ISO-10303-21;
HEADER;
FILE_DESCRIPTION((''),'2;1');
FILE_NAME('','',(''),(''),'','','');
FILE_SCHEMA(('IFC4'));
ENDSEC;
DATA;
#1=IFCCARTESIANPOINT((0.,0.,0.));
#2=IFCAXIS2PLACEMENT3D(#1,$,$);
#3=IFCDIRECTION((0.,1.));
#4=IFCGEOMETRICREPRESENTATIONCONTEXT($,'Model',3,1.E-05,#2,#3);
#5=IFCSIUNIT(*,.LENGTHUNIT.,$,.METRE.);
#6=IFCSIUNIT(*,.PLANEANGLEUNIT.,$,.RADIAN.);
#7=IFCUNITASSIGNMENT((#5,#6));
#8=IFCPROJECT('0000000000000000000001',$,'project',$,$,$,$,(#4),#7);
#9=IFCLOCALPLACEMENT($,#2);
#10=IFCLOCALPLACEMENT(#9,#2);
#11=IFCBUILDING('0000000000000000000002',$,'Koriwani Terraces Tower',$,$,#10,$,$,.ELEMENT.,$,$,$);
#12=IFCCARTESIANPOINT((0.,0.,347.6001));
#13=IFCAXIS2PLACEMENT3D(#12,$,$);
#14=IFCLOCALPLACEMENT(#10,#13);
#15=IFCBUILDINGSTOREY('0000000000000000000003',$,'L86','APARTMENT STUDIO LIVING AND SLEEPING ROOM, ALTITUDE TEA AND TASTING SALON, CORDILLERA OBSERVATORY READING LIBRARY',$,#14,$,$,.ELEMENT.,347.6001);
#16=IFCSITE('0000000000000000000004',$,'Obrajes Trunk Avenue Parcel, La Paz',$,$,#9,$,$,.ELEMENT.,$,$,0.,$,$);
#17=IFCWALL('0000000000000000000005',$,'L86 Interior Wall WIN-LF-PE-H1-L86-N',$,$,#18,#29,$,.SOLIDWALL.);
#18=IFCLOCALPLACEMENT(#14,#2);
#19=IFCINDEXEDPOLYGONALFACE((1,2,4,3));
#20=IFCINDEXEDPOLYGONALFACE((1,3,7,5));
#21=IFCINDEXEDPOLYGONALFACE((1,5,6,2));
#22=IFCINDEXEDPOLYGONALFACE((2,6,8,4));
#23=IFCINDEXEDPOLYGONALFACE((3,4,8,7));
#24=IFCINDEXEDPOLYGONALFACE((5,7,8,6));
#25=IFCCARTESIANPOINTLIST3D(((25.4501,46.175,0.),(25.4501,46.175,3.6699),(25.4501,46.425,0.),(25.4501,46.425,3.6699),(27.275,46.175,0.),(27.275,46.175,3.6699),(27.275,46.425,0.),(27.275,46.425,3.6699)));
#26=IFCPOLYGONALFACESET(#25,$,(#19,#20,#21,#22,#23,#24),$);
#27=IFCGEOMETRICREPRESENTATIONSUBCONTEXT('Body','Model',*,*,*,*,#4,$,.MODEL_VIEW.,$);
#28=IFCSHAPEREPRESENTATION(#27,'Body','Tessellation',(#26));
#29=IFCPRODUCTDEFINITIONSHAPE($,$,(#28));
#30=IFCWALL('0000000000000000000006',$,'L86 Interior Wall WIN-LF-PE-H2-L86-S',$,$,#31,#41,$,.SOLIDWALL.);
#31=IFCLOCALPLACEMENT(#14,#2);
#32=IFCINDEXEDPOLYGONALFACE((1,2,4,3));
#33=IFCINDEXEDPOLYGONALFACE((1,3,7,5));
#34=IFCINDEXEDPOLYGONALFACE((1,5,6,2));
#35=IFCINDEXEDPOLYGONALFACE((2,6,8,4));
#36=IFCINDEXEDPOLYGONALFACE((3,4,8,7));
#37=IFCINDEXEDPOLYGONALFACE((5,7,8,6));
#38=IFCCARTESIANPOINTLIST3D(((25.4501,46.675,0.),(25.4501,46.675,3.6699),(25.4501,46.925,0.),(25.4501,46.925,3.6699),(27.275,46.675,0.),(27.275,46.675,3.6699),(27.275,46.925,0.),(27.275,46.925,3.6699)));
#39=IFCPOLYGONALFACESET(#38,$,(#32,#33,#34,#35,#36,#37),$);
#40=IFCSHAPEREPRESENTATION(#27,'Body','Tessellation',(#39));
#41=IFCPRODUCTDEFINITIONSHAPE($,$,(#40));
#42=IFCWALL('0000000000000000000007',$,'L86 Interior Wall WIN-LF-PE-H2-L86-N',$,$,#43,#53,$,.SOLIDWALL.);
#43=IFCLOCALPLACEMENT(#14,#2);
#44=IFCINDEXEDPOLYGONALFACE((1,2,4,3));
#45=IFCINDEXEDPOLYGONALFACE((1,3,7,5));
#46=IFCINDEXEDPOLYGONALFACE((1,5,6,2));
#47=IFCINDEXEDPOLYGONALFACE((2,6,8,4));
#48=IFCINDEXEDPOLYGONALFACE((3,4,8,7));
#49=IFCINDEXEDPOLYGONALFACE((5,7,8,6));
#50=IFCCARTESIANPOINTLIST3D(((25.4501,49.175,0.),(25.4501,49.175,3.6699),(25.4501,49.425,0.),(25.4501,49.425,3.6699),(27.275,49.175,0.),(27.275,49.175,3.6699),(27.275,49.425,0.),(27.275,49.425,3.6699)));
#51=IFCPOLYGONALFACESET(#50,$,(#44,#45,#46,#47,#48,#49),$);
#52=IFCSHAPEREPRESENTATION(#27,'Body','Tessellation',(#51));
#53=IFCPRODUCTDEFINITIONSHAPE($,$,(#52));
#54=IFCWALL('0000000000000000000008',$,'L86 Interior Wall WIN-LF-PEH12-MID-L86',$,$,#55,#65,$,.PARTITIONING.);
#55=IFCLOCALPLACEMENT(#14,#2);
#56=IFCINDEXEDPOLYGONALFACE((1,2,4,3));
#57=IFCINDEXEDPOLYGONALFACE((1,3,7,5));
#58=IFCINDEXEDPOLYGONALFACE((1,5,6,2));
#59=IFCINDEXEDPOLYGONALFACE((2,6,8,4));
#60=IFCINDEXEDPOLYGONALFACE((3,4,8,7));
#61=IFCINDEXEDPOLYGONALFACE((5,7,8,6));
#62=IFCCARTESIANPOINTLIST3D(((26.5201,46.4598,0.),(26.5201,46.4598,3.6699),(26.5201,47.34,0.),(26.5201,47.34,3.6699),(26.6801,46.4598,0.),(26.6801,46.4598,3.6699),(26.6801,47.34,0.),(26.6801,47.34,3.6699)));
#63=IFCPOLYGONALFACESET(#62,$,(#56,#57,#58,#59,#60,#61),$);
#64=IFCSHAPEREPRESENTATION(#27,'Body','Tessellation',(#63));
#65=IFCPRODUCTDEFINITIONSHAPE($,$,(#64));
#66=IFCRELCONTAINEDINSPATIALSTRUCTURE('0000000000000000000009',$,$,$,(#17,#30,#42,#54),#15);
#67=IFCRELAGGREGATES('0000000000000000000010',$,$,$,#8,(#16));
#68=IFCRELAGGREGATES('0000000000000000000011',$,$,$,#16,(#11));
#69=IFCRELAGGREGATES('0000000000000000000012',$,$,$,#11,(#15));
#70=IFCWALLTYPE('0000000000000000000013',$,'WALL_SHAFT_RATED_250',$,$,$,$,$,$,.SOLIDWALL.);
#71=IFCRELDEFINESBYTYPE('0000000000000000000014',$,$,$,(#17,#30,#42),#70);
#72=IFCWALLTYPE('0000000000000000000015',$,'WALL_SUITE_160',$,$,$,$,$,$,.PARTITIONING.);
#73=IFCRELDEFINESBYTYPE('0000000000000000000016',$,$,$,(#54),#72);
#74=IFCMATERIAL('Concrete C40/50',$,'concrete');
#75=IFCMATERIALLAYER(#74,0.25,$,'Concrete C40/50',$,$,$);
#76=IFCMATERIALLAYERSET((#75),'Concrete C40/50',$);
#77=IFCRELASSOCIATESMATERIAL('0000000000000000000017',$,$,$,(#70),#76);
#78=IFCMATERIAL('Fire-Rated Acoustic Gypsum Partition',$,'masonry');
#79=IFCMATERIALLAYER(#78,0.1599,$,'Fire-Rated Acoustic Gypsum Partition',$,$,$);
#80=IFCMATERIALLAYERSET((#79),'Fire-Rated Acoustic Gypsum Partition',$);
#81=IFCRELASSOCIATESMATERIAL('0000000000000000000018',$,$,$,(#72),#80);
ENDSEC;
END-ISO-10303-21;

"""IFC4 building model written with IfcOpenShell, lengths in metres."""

from ifc_helpers import new_model, si_unit, direction, frame, frame_2d, origin, place, context, subcontext, project, spatial, rectangle, extrude, material, layer, layer_set, type_object, element, save


model = new_model("IFC4")

# Units and contexts
model_context = context("Model", 3, precision=1e-05, world=origin(), true_north=direction((0.0, 1.0)))
body_context = subcontext(model_context, "Body", "Model", "MODEL_VIEW")
ifc_project = project(units=[si_unit("LENGTHUNIT", "METRE"), si_unit("PLANEANGLEUNIT", "RADIAN")], contexts=[model_context])

# Site, building, storey
site_placement = place(None, origin())
site = spatial("IfcSite", under=ifc_project, at=site_placement, Name="Obrajes Trunk Avenue Parcel, La Paz", CompositionType="ELEMENT", RefElevation=0.0)
building_placement = place(site_placement, origin())
building = spatial("IfcBuilding", under=site, at=building_placement, Name="Koriwani Terraces Tower", CompositionType="ELEMENT")
storey_placement = place(building_placement, frame((0.0, 0.0, 347.6001)))
storey = spatial("IfcBuildingStorey", under=building, at=storey_placement, Name="L86", Description="APARTMENT STUDIO LIVING AND SLEEPING ROOM, ALTITUDE TEA AND TASTING SALON, CORDILLERA OBSERVATORY READING LIBRARY", CompositionType="ELEMENT", Elevation=347.6001)

# Shared definitions
ifc_material_1 = material(Name="Concrete C40/50", Category="concrete")

# Shared definitions
ifc_layer_1 = layer(ifc_material_1, 0.25, Name="Concrete C40/50")
ifc_layer_set_1 = layer_set([ifc_layer_1], Name="Concrete C40/50")
wall_type_1 = type_object("IfcWallType", Name="WALL_SHAFT_RATED_250", PredefinedType="SOLIDWALL", material=ifc_layer_set_1)

# Wall
for number, where, z_axis, x_axis, name in (
    (1, (25.45, 46.3, 0.0), (0.0, 0.0, 1.0), (1.0, 0.0, 0.0), "L86 Interior Wall WIN-LF-PE-H1-L86-N"),
):
    element("IfcWall", number, at=place(storey_placement, frame(where, z_axis=z_axis, x_axis=x_axis)), inside=storey, type_object=wall_type_1, Name=name, PredefinedType="SOLIDWALL", context=body_context, shape_type="SweptSolid", body=[
        extrude(rectangle(XDim=1.825, YDim=0.25, at=frame_2d((0.9126, 0.0))), origin(), (0.0, 0.0, 1.0), 3.6699),
    ])

# Walls
for number, where, z_axis, x_axis, name in (
    (2, (25.45, 46.8, 0.0), (0.0, 0.0, 1.0), (1.0, 0.0, 0.0), "L86 Interior Wall WIN-LF-PE-H2-L86-S"),
    (3, (25.45, 49.3, 0.0), (0.0, 0.0, 1.0), (1.0, 0.0, 0.0), "L86 Interior Wall WIN-LF-PE-H2-L86-N"),
):
    element("IfcWall", number, at=place(storey_placement, frame(where, z_axis=z_axis, x_axis=x_axis)), inside=storey, type_object=wall_type_1, Name=name, PredefinedType="SOLIDWALL", context=body_context, shape_type="SweptSolid", body=[
        extrude(rectangle(XDim=1.825, YDim=0.25, at=frame_2d((0.9126, 0.0))), origin(), (0.0, 0.0, 1.0), 3.6699),
    ])
ifc_material_2 = material(Name="Fire-Rated Acoustic Gypsum Partition", Category="masonry")
ifc_layer_2 = layer(ifc_material_2, 0.1599, Name="Fire-Rated Acoustic Gypsum Partition")
ifc_layer_set_2 = layer_set([ifc_layer_2], Name="Fire-Rated Acoustic Gypsum Partition")
wall_type_2 = type_object("IfcWallType", Name="WALL_SUITE_160", PredefinedType="PARTITIONING", material=ifc_layer_set_2)
wall_1_placement = place(storey_placement, frame((26.6001, 46.46, 0.0), z_axis=(0.0, 0.0, 1.0), x_axis=(0.0, 1.0, 0.0)))
element("IfcWall", 4, at=wall_1_placement, inside=storey, type_object=wall_type_2, Name="L86 Interior Wall WIN-LF-PEH12-MID-L86", PredefinedType="PARTITIONING", context=body_context, shape_type="SweptSolid", body=[
    extrude(rectangle(XDim=0.8801, YDim=0.1599, at=frame_2d((0.4399, 0.0))), origin(), (0.0, 0.0, 1.0), 3.6699),
])

save(model, "model.ifc")
